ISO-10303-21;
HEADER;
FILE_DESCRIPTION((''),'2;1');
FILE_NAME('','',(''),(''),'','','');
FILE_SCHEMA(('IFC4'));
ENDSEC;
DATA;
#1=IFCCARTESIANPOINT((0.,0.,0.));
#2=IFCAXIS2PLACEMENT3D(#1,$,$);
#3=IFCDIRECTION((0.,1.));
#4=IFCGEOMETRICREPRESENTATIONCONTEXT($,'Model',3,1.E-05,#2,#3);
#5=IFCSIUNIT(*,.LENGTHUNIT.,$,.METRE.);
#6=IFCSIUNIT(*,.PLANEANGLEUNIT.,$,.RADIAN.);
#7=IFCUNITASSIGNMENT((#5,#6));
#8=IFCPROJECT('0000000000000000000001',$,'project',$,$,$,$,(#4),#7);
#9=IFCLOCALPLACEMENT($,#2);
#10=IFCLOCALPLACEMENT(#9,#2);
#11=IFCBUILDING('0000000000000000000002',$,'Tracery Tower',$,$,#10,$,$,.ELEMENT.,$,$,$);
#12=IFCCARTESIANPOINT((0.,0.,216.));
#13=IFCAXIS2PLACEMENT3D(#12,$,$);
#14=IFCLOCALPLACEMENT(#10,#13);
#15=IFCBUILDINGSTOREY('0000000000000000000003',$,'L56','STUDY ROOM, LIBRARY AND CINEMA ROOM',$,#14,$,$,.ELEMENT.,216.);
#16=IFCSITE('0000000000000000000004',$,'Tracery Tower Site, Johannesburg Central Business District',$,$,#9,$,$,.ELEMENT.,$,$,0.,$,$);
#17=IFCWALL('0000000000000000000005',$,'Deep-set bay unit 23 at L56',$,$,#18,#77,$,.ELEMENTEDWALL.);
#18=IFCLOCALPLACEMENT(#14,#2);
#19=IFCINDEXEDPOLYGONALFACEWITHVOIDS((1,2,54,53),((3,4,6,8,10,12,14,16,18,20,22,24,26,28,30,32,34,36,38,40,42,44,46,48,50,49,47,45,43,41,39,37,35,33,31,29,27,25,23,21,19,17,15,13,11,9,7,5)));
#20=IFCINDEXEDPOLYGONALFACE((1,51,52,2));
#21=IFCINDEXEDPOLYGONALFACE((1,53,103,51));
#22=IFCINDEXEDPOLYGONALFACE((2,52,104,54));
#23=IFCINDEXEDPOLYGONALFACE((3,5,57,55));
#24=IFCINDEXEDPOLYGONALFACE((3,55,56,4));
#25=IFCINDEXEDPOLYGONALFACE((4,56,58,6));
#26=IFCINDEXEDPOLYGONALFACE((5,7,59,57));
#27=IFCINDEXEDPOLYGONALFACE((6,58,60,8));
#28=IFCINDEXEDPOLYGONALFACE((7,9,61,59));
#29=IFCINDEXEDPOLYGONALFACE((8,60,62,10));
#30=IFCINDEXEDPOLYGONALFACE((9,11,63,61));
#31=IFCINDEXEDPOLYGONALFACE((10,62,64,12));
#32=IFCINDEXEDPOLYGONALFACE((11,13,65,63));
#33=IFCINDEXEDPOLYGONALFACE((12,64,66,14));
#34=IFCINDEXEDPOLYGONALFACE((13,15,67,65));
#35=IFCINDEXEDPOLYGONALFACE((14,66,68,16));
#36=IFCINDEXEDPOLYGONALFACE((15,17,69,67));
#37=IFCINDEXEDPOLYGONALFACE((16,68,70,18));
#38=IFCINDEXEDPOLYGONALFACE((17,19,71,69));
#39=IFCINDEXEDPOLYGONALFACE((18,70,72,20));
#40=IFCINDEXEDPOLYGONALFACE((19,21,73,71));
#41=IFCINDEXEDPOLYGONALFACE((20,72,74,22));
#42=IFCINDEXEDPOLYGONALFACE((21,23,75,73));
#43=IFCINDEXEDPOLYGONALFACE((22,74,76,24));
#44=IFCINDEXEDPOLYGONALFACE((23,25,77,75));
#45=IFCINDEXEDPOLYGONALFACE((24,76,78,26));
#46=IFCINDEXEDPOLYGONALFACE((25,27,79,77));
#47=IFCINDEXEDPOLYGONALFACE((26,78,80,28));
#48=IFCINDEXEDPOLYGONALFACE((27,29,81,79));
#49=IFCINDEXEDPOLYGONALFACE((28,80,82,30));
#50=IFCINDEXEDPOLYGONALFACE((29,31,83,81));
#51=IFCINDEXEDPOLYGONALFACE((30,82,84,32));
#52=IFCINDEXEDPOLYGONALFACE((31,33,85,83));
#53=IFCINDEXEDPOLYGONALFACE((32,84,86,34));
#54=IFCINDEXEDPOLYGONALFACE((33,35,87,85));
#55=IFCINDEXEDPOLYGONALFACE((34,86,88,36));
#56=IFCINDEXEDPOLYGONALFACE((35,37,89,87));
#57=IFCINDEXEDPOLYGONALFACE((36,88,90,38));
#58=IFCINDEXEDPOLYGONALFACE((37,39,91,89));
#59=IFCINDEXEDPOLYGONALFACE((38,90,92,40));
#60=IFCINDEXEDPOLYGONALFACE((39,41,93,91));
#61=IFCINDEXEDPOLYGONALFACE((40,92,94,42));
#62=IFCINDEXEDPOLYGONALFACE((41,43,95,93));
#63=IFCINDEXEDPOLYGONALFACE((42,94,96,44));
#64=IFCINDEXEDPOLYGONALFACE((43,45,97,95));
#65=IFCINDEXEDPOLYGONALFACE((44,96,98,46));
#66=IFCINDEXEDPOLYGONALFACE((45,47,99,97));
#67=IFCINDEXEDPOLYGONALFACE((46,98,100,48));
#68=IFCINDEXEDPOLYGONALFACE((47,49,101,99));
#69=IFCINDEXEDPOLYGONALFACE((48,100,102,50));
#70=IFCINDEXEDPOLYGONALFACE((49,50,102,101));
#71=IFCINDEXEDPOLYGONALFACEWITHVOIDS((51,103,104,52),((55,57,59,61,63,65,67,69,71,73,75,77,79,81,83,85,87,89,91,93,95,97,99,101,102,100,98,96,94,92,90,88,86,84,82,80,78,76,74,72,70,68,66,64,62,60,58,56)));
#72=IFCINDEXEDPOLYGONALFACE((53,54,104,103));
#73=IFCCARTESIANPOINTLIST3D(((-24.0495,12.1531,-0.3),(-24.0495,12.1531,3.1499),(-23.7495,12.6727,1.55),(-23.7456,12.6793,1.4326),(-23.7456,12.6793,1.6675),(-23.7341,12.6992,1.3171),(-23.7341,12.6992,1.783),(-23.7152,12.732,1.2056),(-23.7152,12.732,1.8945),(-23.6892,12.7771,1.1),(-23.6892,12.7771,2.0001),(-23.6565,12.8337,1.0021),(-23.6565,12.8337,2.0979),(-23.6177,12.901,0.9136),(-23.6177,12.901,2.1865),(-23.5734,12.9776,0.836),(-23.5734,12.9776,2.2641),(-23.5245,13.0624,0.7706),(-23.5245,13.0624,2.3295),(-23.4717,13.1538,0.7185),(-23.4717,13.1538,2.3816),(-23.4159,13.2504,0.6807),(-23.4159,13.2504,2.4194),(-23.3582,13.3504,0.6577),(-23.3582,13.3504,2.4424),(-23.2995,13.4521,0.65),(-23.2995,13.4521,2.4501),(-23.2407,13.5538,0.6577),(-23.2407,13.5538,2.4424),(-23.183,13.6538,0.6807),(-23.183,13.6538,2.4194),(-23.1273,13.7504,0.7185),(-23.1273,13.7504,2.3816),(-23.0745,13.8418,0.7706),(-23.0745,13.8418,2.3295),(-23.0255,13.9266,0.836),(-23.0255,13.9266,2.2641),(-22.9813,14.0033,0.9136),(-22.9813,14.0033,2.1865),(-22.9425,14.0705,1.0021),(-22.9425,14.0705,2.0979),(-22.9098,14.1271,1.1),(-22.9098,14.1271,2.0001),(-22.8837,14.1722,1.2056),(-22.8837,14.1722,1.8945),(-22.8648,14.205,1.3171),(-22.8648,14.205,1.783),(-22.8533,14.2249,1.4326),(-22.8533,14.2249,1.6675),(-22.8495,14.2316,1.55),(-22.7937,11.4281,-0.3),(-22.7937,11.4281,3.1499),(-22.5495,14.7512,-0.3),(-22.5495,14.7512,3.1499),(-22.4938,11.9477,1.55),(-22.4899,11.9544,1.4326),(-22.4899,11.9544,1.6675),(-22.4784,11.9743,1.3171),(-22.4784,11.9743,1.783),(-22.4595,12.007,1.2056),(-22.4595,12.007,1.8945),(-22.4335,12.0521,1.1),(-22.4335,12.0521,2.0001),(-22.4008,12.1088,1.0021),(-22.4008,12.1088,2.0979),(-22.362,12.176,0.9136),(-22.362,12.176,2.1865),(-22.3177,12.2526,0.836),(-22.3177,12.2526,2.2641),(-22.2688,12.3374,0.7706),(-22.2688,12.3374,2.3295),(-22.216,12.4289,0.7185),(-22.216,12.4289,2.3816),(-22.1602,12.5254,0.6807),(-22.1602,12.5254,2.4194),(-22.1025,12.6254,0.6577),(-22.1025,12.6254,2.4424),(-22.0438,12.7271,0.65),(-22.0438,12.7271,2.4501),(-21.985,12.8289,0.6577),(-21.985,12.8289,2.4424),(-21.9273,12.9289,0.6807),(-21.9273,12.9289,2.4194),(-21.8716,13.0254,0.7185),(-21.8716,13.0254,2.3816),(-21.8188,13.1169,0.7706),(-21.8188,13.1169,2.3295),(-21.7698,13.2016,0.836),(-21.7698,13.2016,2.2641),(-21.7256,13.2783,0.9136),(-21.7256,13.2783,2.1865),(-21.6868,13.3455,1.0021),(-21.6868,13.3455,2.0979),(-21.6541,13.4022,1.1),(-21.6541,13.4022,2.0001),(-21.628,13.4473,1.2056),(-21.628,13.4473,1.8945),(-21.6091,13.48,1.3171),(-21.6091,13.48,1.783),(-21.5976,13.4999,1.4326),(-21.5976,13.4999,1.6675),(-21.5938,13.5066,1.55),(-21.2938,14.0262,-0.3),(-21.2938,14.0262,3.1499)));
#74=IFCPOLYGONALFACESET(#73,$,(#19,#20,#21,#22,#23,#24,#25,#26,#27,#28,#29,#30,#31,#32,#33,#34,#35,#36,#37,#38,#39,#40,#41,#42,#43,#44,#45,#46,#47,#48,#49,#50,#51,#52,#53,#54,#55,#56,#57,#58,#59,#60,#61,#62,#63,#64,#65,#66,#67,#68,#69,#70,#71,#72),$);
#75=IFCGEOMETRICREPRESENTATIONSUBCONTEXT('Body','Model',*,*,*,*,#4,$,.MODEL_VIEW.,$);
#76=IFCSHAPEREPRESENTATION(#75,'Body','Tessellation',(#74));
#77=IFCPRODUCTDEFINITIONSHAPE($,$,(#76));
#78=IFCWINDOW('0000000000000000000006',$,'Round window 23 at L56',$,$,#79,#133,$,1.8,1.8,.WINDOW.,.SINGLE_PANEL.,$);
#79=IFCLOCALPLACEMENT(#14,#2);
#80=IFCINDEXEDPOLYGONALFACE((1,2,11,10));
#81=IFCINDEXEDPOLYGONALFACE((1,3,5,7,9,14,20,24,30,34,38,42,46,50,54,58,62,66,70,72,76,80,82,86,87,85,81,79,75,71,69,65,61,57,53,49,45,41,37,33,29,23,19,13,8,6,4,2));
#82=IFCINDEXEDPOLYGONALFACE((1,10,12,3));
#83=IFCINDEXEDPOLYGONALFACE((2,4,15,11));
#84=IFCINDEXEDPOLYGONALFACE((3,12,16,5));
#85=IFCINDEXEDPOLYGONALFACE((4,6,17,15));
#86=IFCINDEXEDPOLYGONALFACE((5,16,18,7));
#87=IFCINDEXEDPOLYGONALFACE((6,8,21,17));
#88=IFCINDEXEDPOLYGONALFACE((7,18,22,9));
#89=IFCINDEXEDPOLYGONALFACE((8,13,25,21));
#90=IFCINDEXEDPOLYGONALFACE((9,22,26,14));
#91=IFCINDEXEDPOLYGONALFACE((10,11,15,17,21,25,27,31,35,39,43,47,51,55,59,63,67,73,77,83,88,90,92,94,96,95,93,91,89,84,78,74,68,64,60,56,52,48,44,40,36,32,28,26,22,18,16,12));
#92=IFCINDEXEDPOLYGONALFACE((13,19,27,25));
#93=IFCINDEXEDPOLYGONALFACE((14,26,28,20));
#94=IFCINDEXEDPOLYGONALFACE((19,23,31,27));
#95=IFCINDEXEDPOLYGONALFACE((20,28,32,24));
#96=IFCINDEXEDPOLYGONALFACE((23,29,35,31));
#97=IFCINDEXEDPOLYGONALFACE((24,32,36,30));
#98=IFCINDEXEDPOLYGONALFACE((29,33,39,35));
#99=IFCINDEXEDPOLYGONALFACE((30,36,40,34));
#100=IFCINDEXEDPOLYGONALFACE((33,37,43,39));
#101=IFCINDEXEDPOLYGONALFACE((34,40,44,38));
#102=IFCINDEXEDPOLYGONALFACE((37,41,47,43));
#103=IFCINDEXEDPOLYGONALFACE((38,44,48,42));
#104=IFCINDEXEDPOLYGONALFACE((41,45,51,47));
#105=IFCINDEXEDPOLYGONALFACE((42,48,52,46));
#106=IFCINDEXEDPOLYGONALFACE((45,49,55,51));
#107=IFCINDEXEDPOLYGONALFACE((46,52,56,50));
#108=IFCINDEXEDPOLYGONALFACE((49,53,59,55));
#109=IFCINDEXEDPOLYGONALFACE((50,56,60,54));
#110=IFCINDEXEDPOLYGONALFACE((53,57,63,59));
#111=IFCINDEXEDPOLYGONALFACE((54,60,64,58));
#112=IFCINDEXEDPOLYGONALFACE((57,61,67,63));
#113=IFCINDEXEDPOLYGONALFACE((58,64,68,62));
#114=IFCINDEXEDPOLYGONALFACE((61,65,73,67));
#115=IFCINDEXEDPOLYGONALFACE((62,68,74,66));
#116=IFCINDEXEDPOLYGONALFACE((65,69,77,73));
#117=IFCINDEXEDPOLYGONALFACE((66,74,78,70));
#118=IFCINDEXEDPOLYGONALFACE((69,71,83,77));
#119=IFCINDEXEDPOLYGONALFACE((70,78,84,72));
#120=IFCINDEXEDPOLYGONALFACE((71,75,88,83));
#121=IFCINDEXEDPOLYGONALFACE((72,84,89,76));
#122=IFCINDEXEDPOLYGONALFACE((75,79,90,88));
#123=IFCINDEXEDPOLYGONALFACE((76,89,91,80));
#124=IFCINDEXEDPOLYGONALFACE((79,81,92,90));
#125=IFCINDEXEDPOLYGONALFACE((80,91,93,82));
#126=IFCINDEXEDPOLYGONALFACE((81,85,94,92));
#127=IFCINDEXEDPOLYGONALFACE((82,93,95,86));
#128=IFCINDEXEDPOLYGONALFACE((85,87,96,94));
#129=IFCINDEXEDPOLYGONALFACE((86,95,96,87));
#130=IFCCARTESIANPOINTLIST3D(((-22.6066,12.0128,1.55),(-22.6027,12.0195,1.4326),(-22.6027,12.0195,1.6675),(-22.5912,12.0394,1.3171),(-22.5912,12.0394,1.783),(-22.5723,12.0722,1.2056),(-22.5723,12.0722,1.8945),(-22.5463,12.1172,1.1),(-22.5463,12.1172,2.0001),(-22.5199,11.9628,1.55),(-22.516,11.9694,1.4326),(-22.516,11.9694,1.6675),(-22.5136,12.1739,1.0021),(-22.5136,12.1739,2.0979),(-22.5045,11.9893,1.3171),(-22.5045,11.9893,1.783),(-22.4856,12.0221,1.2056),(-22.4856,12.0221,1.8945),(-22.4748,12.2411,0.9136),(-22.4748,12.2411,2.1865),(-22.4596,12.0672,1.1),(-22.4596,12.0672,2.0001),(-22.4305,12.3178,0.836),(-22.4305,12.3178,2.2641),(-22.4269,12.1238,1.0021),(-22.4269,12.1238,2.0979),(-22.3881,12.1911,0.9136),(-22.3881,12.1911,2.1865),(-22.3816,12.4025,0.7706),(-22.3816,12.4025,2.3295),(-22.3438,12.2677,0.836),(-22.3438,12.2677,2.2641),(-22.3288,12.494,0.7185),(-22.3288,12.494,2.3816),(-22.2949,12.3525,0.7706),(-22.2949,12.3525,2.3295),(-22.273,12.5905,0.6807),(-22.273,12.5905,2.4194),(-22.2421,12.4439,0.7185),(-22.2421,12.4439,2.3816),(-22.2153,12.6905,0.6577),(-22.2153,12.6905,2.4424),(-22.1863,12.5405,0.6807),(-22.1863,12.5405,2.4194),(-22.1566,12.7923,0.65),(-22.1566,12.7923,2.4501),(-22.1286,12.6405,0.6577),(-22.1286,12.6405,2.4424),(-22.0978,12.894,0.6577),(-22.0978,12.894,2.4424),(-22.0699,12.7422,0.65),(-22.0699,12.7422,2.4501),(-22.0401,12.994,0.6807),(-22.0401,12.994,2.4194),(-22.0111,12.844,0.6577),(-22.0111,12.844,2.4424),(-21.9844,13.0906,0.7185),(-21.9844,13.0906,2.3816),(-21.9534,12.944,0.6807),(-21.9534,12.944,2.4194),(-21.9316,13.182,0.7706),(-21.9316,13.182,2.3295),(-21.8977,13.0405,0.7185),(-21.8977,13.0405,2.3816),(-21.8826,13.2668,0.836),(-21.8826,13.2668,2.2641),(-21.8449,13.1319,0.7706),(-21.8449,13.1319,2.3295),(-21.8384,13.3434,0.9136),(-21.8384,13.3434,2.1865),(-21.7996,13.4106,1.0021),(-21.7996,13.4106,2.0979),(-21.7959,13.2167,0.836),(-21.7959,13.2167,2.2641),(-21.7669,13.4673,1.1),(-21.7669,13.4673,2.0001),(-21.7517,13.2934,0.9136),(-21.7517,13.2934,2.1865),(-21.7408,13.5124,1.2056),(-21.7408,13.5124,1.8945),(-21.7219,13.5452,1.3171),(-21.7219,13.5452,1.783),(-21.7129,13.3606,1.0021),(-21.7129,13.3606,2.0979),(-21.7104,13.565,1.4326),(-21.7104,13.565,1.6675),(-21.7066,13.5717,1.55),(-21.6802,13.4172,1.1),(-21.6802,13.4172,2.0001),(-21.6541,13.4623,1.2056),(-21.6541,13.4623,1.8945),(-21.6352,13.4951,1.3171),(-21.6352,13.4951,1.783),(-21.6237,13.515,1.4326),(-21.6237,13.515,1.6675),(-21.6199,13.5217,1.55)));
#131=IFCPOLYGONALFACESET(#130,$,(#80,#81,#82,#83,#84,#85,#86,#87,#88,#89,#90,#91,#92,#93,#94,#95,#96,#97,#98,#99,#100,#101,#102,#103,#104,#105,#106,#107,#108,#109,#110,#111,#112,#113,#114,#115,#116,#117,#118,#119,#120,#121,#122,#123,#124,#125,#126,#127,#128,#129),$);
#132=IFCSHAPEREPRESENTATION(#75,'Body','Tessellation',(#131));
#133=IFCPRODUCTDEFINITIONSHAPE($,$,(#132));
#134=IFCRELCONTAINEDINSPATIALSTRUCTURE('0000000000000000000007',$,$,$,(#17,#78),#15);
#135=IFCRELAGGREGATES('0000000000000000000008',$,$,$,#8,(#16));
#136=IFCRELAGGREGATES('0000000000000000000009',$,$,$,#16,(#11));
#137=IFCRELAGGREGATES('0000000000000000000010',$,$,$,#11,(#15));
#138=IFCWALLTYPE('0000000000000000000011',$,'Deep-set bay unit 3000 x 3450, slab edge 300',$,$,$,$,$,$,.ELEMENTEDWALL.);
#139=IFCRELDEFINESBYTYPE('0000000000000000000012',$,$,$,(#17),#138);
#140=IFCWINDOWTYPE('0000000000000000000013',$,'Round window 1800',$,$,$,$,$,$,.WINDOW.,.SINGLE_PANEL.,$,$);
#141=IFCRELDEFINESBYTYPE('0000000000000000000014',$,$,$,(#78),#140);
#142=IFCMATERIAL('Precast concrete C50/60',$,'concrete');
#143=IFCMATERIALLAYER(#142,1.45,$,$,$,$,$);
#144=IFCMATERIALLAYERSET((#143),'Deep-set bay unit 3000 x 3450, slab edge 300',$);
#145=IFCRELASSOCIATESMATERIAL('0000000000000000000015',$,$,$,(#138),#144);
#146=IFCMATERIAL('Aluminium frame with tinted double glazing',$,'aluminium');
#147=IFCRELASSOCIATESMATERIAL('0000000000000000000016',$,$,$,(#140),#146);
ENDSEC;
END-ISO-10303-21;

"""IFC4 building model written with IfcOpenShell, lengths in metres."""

from ifc_helpers import new_model, si_unit, direction, frame, frame_2d, origin, origin_2d, place, context, subcontext, project, spatial, rectangle, circle, extrude, material, layer, layer_set, type_object, element, fill, save


model = new_model("IFC4")

# Units and contexts
model_context = context("Model", 3, precision=1e-05, world=origin(), true_north=direction((0.0, 1.0)))
body_context = subcontext(model_context, "Body", "Model", "MODEL_VIEW")
ifc_project = project(units=[si_unit("LENGTHUNIT", "METRE"), si_unit("PLANEANGLEUNIT", "RADIAN")], contexts=[model_context])

# Site, building, storey
site_placement = place(None, origin())
site = spatial("IfcSite", under=ifc_project, at=site_placement, Name="Tracery Tower Site, Johannesburg Central Business District", CompositionType="ELEMENT", RefElevation=0.0)
building_placement = place(site_placement, origin())
building = spatial("IfcBuilding", under=site, at=building_placement, Name="Tracery Tower", CompositionType="ELEMENT")
storey_placement = place(building_placement, frame((0.0, 0.0, 216.0)))
storey = spatial("IfcBuildingStorey", under=building, at=storey_placement, Name="L56", Description="STUDY ROOM, LIBRARY AND CINEMA ROOM", CompositionType="ELEMENT", Elevation=216.0)

# Wall, opening, window
ifc_material_1 = material(Name="Precast concrete C50/60", Category="concrete")
ifc_layer_1 = layer(ifc_material_1, 1.45)
ifc_layer_set_1 = layer_set([ifc_layer_1], Name="Deep-set bay unit 3000 x 3450, slab edge 300")
wall_type_1 = type_object("IfcWallType", Name="Deep-set bay unit 3000 x 3450, slab edge 300", PredefinedType="ELEMENTEDWALL", material=ifc_layer_set_1)
ifc_material_2 = material(Name="Aluminium frame with tinted double glazing", Category="aluminium")
window_type = type_object("IfcWindowType", Name="Round window 1800", PartitioningType="SINGLE_PANEL", PredefinedType="WINDOW", material=ifc_material_2)
wall_1_placement = place(storey_placement, frame((-21.9216, 14.3887, -0.3), z_axis=(0.0, 0.0, 1.0), x_axis=(-0.49999, -0.866031, 0.0)))
wall_1 = element("IfcWall", 1, at=wall_1_placement, inside=storey, type_object=wall_type_1, Name="Deep-set bay unit 23 at L56", PredefinedType="ELEMENTEDWALL", context=body_context, shape_type="SweptSolid", body=[
    extrude(rectangle(XDim=3.0, YDim=1.45, at=frame_2d((1.5, 0.0))), origin(), (0.0, 0.0, 1.0), 3.45),
])
opening_1_placement = place(wall_1_placement, frame((1.5, 0.0, 1.8501)))
opening_1 = element("IfcOpeningElement", 2, at=opening_1_placement, cuts=wall_1, PredefinedType="OPENING", context=body_context, shape_type="SweptSolid", body=[
    extrude(circle(Radius=0.9, at=origin_2d()), frame((0.0, 0.7349, 0.0), z_axis=(0.0, -1.0, 0.0), x_axis=(1.0, 0.0, 0.0)), (0.0, 0.0, 1.0), 1.47),
])
window_1_placement = place(opening_1_placement, origin())
window_1 = element("IfcWindow", 3, at=window_1_placement, inside=storey, type_object=window_type, Name="Round window 23 at L56", OverallHeight=1.8, OverallWidth=1.8, PartitioningType="SINGLE_PANEL", PredefinedType="WINDOW", context=body_context, shape_type="SweptSolid", body=[
    extrude(circle(Radius=0.9, at=origin_2d()), frame((0.0, 0.6948, 0.0), z_axis=(0.0, -1.0, 0.0), x_axis=(1.0, 0.0, 0.0)), (0.0, 0.0, 1.0), 0.1001),
])
fill(opening_1, window_1)

save(model, "model.ifc")
